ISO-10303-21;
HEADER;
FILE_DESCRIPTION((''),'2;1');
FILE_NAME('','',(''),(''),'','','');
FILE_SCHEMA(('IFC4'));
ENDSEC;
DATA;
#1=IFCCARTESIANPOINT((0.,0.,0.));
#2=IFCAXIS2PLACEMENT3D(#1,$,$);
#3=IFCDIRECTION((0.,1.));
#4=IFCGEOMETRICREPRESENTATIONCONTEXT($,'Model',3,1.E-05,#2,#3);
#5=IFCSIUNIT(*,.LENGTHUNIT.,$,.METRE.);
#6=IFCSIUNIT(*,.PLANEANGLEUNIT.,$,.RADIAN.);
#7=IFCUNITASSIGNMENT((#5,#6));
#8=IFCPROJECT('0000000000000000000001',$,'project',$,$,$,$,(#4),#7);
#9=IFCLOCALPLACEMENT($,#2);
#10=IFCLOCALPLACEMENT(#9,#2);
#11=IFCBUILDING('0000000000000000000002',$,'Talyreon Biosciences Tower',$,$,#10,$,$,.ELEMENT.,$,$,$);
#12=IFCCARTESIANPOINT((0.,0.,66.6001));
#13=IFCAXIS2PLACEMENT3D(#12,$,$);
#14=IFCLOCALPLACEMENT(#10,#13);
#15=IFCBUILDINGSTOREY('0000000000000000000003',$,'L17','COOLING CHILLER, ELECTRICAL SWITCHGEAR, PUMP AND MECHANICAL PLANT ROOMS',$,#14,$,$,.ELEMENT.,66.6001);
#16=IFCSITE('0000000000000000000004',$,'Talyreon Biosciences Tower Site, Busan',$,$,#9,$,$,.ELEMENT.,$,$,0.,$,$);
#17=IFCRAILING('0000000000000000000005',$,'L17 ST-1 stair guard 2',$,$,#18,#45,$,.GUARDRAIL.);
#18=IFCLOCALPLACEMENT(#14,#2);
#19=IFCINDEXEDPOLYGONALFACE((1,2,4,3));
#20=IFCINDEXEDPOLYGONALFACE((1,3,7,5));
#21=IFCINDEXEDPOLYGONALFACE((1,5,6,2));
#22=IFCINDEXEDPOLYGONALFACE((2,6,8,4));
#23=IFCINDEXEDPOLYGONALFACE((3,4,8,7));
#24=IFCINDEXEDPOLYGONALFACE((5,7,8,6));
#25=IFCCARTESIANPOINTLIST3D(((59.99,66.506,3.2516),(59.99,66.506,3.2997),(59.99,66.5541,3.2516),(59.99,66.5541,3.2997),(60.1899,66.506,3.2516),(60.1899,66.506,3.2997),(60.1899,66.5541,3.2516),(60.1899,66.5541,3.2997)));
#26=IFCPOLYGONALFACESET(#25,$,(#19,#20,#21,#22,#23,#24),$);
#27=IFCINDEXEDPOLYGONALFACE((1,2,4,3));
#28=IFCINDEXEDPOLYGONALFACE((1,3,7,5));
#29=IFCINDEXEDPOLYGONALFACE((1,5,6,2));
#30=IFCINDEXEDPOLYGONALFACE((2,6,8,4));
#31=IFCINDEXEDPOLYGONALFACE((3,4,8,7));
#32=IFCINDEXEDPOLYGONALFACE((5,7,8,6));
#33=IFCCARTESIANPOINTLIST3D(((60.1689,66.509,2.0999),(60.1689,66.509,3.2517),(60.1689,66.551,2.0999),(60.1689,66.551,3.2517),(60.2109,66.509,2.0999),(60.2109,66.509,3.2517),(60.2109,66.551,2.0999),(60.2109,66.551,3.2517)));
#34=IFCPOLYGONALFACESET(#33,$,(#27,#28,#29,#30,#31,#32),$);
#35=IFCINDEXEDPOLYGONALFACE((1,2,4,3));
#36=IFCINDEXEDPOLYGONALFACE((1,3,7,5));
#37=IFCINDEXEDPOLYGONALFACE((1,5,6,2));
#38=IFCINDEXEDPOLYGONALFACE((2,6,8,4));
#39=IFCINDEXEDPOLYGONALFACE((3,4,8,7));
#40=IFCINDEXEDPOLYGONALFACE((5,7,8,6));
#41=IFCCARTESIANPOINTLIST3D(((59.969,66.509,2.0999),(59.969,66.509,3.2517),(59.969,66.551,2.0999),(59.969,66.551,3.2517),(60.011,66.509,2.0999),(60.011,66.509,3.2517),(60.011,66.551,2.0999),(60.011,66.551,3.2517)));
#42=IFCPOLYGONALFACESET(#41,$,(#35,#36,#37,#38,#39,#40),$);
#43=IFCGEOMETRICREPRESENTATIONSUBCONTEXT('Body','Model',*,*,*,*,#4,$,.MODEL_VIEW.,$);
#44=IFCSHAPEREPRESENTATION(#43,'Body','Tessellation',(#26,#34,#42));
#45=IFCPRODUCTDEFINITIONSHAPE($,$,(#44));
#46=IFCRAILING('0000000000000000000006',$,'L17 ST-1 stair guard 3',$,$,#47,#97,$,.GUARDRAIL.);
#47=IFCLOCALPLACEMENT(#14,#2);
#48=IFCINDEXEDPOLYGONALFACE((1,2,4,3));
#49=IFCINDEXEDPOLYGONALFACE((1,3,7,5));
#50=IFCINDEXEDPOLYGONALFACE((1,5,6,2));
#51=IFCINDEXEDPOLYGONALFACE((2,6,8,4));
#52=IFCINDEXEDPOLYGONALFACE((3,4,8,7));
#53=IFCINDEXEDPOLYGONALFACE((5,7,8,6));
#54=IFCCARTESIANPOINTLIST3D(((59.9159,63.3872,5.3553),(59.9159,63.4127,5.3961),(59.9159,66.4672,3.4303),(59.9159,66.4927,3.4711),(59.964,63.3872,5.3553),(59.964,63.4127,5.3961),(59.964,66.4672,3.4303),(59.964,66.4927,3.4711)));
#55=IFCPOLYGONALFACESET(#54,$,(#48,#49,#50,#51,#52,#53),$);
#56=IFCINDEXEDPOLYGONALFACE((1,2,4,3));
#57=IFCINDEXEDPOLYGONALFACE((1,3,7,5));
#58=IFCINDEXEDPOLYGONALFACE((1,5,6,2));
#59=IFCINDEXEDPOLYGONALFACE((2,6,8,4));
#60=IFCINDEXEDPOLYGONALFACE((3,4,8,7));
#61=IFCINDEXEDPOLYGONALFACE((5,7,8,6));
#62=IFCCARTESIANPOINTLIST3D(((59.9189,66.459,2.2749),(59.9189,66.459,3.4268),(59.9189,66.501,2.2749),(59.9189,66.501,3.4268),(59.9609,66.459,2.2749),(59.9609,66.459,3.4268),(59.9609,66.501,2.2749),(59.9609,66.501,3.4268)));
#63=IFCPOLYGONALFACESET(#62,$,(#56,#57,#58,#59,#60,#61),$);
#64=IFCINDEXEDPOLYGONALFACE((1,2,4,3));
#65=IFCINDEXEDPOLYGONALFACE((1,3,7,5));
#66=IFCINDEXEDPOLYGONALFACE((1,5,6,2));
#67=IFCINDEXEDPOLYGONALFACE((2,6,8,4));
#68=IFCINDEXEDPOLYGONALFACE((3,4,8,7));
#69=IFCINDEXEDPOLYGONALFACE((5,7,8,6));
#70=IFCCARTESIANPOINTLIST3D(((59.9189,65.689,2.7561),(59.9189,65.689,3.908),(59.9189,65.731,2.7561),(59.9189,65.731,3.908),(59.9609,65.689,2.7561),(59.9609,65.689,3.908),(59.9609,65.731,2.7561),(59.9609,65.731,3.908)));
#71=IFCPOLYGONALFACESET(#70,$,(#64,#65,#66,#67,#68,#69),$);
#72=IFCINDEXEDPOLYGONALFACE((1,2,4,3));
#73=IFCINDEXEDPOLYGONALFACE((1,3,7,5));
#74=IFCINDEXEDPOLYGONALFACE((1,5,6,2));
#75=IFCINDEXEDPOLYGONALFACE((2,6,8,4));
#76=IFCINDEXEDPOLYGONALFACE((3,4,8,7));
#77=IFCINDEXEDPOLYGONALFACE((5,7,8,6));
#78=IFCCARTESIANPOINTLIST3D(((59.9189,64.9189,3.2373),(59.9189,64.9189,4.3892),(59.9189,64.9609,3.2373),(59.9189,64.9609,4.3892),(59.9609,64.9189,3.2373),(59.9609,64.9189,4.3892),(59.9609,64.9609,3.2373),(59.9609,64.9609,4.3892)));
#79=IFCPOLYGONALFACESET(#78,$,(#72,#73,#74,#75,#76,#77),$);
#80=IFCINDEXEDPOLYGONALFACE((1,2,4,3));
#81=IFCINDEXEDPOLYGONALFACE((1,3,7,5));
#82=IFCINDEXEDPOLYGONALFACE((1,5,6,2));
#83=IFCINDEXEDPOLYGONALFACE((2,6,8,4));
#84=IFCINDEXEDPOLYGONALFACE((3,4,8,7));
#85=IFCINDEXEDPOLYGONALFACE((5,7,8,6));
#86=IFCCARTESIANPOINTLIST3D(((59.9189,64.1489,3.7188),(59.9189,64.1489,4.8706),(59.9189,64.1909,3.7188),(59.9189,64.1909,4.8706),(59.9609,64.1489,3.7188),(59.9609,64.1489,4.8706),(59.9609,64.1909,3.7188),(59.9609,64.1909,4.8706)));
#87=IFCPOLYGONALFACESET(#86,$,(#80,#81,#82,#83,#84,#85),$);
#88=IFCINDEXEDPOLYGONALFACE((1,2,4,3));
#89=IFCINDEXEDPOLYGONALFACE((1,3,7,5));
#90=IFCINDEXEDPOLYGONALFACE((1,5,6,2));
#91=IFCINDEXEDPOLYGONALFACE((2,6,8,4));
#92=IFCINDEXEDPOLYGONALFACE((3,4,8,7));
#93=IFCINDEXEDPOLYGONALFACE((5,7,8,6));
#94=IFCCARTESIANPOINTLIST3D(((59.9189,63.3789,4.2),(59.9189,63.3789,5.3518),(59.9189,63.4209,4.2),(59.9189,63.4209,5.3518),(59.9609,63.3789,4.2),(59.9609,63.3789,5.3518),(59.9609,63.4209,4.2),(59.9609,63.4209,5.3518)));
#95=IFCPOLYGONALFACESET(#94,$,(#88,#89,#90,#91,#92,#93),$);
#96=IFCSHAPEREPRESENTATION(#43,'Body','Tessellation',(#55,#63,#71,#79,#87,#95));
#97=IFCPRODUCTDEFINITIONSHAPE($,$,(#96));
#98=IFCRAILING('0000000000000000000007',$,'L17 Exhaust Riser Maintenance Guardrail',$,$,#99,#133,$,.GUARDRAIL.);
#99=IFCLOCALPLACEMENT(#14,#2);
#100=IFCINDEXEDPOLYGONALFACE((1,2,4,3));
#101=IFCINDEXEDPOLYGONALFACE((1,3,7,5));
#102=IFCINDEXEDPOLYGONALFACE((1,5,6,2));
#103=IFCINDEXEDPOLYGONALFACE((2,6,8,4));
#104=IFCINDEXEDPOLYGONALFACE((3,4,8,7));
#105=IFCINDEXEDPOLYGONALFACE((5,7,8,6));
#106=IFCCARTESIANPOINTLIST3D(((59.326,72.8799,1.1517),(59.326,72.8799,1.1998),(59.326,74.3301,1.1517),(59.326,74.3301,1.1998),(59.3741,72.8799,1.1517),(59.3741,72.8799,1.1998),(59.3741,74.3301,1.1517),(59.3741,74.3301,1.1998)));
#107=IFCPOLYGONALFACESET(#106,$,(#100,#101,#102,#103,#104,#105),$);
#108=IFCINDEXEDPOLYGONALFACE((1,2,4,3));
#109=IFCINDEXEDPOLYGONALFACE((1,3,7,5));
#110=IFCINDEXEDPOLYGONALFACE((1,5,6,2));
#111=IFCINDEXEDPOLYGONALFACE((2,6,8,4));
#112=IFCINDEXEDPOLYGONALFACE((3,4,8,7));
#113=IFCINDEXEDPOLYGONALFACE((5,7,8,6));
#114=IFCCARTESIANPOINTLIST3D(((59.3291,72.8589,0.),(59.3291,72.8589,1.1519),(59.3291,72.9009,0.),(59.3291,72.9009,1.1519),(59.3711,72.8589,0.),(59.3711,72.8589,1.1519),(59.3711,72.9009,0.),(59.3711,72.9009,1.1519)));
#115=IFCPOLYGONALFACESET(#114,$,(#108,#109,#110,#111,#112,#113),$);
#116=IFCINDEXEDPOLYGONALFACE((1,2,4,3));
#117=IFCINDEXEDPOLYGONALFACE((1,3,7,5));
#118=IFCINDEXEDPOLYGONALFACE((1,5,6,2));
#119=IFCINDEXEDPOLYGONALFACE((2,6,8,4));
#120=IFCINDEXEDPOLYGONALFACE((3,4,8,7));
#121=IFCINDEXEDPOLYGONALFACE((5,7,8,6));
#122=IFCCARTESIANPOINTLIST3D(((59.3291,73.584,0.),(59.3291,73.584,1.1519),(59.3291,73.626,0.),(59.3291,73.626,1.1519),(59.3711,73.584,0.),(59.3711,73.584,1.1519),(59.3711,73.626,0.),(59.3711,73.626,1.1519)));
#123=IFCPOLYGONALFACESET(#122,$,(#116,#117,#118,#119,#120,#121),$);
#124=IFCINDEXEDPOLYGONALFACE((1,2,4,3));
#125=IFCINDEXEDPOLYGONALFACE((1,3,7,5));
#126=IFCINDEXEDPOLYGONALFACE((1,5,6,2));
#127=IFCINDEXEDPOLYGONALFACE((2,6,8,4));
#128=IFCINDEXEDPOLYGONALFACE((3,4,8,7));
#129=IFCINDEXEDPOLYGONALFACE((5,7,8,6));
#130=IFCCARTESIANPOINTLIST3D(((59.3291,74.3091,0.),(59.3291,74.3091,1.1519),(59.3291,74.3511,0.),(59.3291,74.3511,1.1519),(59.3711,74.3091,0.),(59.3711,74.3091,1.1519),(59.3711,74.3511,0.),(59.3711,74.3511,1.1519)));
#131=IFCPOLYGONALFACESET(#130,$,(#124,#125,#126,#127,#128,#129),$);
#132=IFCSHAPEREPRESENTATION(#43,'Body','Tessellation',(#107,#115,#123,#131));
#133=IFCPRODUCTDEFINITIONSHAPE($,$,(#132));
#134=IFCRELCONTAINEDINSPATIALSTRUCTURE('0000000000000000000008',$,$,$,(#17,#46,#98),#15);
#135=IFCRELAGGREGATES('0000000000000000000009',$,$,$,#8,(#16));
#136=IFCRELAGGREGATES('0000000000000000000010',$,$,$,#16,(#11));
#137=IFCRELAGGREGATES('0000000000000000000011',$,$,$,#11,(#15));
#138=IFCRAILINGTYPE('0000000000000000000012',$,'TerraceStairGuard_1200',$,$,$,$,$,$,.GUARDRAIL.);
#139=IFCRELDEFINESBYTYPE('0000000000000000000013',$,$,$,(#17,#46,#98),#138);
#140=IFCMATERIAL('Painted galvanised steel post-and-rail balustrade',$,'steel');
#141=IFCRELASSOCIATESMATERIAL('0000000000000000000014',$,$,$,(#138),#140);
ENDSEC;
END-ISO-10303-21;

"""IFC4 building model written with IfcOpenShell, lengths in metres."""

from ifc_helpers import new_model, si_unit, direction, frame, origin, origin_2d, place, context, subcontext, project, spatial, rectangle, extrude, material, type_object, element, save


model = new_model("IFC4")

# Units and contexts
model_context = context("Model", 3, precision=1e-05, world=origin(), true_north=direction((0.0, 1.0)))
body_context = subcontext(model_context, "Body", "Model", "MODEL_VIEW")
ifc_project = project(units=[si_unit("LENGTHUNIT", "METRE"), si_unit("PLANEANGLEUNIT", "RADIAN")], contexts=[model_context])

# Site, building, storey
site_placement = place(None, origin())
site = spatial("IfcSite", under=ifc_project, at=site_placement, Name="Talyreon Biosciences Tower Site, Busan", CompositionType="ELEMENT", RefElevation=0.0)
building_placement = place(site_placement, origin())
building = spatial("IfcBuilding", under=site, at=building_placement, Name="Talyreon Biosciences Tower", CompositionType="ELEMENT")
storey_placement = place(building_placement, frame((0.0, 0.0, 66.6001)))
storey = spatial("IfcBuildingStorey", under=building, at=storey_placement, Name="L17", Description="COOLING CHILLER, ELECTRICAL SWITCHGEAR, PUMP AND MECHANICAL PLANT ROOMS", CompositionType="ELEMENT", Elevation=66.6001)

# Railings
ifc_material_1 = material(Name="Painted galvanised steel post-and-rail balustrade", Category="steel")
railing_type_1 = type_object("IfcRailingType", Name="TerraceStairGuard_1200", PredefinedType="GUARDRAIL", material=ifc_material_1)
railing_1_placement = place(storey_placement, frame((60.1899, 66.53, 2.0999)))
element("IfcRailing", 1, at=railing_1_placement, inside=storey, type_object=railing_type_1, Name="L17 ST-1 stair guard 2", PredefinedType="GUARDRAIL", context=body_context, shape_type="SweptSolid", body=[
    extrude(rectangle(XDim=0.0481, YDim=0.0481, at=origin_2d()), frame((0.0, 0.0, 1.1758), z_axis=(-1.0, 0.0, 0.0), x_axis=(0.0, -1.0, 0.0)), (0.0, 0.0, 1.0), 0.2),
    extrude(rectangle(XDim=0.042, YDim=0.042, at=origin_2d()), origin(), (0.0, 0.0, 1.0), 1.1519),
    extrude(rectangle(XDim=0.042, YDim=0.042, at=origin_2d()), frame((-0.2, 0.0, 0.0)), (0.0, 0.0, 1.0), 1.1519),
])
railing_2_placement = place(storey_placement, frame((59.9399, 66.48, 2.2749)))
element("IfcRailing", 2, at=railing_2_placement, inside=storey, type_object=railing_type_1, Name="L17 ST-1 stair guard 3", PredefinedType="GUARDRAIL", context=body_context, shape_type="SweptSolid", body=[
    extrude(rectangle(XDim=0.0481, YDim=0.0481, at=origin_2d()), frame((0.0, 0.0, 1.1758), z_axis=(0.0, -0.847998, 0.529999), x_axis=(1.0, 0.0, 0.0)), (0.0, 0.0, 1.0), 3.6321),
    extrude(rectangle(XDim=0.042, YDim=0.042, at=origin_2d()), origin(), (0.0, 0.0, 1.0), 1.1519),
    extrude(rectangle(XDim=0.042, YDim=0.042, at=origin_2d()), frame((0.0, -0.77, 0.4812)), (0.0, 0.0, 1.0), 1.1519),
    extrude(rectangle(XDim=0.042, YDim=0.042, at=origin_2d()), frame((0.0, -1.54, 0.9624)), (0.0, 0.0, 1.0), 1.1519),
    extrude(rectangle(XDim=0.042, YDim=0.042, at=origin_2d()), frame((0.0, -2.3101, 1.4438)), (0.0, 0.0, 1.0), 1.1519),
    extrude(rectangle(XDim=0.042, YDim=0.042, at=origin_2d()), frame((0.0, -3.0801, 1.925)), (0.0, 0.0, 1.0), 1.1519),
])
railing_3_placement = place(storey_placement, frame((59.3501, 72.8799, 0.0)))
element("IfcRailing", 3, at=railing_3_placement, inside=storey, type_object=railing_type_1, Name="L17 Exhaust Riser Maintenance Guardrail", PredefinedType="GUARDRAIL", context=body_context, shape_type="SweptSolid", body=[
    extrude(rectangle(XDim=0.0481, YDim=0.0481, at=origin_2d()), frame((0.0, 0.0, 1.1758), z_axis=(0.0, 1.0, 0.0), x_axis=(-1.0, 0.0, 0.0)), (0.0, 0.0, 1.0), 1.4502),
    extrude(rectangle(XDim=0.042, YDim=0.042, at=origin_2d()), origin(), (0.0, 0.0, 1.0), 1.1519),
    extrude(rectangle(XDim=0.042, YDim=0.042, at=origin_2d()), frame((0.0, 0.7251, 0.0)), (0.0, 0.0, 1.0), 1.1519),
    extrude(rectangle(XDim=0.042, YDim=0.042, at=origin_2d()), frame((0.0, 1.4502, 0.0)), (0.0, 0.0, 1.0), 1.1519),
])

save(model, "model.ifc")
